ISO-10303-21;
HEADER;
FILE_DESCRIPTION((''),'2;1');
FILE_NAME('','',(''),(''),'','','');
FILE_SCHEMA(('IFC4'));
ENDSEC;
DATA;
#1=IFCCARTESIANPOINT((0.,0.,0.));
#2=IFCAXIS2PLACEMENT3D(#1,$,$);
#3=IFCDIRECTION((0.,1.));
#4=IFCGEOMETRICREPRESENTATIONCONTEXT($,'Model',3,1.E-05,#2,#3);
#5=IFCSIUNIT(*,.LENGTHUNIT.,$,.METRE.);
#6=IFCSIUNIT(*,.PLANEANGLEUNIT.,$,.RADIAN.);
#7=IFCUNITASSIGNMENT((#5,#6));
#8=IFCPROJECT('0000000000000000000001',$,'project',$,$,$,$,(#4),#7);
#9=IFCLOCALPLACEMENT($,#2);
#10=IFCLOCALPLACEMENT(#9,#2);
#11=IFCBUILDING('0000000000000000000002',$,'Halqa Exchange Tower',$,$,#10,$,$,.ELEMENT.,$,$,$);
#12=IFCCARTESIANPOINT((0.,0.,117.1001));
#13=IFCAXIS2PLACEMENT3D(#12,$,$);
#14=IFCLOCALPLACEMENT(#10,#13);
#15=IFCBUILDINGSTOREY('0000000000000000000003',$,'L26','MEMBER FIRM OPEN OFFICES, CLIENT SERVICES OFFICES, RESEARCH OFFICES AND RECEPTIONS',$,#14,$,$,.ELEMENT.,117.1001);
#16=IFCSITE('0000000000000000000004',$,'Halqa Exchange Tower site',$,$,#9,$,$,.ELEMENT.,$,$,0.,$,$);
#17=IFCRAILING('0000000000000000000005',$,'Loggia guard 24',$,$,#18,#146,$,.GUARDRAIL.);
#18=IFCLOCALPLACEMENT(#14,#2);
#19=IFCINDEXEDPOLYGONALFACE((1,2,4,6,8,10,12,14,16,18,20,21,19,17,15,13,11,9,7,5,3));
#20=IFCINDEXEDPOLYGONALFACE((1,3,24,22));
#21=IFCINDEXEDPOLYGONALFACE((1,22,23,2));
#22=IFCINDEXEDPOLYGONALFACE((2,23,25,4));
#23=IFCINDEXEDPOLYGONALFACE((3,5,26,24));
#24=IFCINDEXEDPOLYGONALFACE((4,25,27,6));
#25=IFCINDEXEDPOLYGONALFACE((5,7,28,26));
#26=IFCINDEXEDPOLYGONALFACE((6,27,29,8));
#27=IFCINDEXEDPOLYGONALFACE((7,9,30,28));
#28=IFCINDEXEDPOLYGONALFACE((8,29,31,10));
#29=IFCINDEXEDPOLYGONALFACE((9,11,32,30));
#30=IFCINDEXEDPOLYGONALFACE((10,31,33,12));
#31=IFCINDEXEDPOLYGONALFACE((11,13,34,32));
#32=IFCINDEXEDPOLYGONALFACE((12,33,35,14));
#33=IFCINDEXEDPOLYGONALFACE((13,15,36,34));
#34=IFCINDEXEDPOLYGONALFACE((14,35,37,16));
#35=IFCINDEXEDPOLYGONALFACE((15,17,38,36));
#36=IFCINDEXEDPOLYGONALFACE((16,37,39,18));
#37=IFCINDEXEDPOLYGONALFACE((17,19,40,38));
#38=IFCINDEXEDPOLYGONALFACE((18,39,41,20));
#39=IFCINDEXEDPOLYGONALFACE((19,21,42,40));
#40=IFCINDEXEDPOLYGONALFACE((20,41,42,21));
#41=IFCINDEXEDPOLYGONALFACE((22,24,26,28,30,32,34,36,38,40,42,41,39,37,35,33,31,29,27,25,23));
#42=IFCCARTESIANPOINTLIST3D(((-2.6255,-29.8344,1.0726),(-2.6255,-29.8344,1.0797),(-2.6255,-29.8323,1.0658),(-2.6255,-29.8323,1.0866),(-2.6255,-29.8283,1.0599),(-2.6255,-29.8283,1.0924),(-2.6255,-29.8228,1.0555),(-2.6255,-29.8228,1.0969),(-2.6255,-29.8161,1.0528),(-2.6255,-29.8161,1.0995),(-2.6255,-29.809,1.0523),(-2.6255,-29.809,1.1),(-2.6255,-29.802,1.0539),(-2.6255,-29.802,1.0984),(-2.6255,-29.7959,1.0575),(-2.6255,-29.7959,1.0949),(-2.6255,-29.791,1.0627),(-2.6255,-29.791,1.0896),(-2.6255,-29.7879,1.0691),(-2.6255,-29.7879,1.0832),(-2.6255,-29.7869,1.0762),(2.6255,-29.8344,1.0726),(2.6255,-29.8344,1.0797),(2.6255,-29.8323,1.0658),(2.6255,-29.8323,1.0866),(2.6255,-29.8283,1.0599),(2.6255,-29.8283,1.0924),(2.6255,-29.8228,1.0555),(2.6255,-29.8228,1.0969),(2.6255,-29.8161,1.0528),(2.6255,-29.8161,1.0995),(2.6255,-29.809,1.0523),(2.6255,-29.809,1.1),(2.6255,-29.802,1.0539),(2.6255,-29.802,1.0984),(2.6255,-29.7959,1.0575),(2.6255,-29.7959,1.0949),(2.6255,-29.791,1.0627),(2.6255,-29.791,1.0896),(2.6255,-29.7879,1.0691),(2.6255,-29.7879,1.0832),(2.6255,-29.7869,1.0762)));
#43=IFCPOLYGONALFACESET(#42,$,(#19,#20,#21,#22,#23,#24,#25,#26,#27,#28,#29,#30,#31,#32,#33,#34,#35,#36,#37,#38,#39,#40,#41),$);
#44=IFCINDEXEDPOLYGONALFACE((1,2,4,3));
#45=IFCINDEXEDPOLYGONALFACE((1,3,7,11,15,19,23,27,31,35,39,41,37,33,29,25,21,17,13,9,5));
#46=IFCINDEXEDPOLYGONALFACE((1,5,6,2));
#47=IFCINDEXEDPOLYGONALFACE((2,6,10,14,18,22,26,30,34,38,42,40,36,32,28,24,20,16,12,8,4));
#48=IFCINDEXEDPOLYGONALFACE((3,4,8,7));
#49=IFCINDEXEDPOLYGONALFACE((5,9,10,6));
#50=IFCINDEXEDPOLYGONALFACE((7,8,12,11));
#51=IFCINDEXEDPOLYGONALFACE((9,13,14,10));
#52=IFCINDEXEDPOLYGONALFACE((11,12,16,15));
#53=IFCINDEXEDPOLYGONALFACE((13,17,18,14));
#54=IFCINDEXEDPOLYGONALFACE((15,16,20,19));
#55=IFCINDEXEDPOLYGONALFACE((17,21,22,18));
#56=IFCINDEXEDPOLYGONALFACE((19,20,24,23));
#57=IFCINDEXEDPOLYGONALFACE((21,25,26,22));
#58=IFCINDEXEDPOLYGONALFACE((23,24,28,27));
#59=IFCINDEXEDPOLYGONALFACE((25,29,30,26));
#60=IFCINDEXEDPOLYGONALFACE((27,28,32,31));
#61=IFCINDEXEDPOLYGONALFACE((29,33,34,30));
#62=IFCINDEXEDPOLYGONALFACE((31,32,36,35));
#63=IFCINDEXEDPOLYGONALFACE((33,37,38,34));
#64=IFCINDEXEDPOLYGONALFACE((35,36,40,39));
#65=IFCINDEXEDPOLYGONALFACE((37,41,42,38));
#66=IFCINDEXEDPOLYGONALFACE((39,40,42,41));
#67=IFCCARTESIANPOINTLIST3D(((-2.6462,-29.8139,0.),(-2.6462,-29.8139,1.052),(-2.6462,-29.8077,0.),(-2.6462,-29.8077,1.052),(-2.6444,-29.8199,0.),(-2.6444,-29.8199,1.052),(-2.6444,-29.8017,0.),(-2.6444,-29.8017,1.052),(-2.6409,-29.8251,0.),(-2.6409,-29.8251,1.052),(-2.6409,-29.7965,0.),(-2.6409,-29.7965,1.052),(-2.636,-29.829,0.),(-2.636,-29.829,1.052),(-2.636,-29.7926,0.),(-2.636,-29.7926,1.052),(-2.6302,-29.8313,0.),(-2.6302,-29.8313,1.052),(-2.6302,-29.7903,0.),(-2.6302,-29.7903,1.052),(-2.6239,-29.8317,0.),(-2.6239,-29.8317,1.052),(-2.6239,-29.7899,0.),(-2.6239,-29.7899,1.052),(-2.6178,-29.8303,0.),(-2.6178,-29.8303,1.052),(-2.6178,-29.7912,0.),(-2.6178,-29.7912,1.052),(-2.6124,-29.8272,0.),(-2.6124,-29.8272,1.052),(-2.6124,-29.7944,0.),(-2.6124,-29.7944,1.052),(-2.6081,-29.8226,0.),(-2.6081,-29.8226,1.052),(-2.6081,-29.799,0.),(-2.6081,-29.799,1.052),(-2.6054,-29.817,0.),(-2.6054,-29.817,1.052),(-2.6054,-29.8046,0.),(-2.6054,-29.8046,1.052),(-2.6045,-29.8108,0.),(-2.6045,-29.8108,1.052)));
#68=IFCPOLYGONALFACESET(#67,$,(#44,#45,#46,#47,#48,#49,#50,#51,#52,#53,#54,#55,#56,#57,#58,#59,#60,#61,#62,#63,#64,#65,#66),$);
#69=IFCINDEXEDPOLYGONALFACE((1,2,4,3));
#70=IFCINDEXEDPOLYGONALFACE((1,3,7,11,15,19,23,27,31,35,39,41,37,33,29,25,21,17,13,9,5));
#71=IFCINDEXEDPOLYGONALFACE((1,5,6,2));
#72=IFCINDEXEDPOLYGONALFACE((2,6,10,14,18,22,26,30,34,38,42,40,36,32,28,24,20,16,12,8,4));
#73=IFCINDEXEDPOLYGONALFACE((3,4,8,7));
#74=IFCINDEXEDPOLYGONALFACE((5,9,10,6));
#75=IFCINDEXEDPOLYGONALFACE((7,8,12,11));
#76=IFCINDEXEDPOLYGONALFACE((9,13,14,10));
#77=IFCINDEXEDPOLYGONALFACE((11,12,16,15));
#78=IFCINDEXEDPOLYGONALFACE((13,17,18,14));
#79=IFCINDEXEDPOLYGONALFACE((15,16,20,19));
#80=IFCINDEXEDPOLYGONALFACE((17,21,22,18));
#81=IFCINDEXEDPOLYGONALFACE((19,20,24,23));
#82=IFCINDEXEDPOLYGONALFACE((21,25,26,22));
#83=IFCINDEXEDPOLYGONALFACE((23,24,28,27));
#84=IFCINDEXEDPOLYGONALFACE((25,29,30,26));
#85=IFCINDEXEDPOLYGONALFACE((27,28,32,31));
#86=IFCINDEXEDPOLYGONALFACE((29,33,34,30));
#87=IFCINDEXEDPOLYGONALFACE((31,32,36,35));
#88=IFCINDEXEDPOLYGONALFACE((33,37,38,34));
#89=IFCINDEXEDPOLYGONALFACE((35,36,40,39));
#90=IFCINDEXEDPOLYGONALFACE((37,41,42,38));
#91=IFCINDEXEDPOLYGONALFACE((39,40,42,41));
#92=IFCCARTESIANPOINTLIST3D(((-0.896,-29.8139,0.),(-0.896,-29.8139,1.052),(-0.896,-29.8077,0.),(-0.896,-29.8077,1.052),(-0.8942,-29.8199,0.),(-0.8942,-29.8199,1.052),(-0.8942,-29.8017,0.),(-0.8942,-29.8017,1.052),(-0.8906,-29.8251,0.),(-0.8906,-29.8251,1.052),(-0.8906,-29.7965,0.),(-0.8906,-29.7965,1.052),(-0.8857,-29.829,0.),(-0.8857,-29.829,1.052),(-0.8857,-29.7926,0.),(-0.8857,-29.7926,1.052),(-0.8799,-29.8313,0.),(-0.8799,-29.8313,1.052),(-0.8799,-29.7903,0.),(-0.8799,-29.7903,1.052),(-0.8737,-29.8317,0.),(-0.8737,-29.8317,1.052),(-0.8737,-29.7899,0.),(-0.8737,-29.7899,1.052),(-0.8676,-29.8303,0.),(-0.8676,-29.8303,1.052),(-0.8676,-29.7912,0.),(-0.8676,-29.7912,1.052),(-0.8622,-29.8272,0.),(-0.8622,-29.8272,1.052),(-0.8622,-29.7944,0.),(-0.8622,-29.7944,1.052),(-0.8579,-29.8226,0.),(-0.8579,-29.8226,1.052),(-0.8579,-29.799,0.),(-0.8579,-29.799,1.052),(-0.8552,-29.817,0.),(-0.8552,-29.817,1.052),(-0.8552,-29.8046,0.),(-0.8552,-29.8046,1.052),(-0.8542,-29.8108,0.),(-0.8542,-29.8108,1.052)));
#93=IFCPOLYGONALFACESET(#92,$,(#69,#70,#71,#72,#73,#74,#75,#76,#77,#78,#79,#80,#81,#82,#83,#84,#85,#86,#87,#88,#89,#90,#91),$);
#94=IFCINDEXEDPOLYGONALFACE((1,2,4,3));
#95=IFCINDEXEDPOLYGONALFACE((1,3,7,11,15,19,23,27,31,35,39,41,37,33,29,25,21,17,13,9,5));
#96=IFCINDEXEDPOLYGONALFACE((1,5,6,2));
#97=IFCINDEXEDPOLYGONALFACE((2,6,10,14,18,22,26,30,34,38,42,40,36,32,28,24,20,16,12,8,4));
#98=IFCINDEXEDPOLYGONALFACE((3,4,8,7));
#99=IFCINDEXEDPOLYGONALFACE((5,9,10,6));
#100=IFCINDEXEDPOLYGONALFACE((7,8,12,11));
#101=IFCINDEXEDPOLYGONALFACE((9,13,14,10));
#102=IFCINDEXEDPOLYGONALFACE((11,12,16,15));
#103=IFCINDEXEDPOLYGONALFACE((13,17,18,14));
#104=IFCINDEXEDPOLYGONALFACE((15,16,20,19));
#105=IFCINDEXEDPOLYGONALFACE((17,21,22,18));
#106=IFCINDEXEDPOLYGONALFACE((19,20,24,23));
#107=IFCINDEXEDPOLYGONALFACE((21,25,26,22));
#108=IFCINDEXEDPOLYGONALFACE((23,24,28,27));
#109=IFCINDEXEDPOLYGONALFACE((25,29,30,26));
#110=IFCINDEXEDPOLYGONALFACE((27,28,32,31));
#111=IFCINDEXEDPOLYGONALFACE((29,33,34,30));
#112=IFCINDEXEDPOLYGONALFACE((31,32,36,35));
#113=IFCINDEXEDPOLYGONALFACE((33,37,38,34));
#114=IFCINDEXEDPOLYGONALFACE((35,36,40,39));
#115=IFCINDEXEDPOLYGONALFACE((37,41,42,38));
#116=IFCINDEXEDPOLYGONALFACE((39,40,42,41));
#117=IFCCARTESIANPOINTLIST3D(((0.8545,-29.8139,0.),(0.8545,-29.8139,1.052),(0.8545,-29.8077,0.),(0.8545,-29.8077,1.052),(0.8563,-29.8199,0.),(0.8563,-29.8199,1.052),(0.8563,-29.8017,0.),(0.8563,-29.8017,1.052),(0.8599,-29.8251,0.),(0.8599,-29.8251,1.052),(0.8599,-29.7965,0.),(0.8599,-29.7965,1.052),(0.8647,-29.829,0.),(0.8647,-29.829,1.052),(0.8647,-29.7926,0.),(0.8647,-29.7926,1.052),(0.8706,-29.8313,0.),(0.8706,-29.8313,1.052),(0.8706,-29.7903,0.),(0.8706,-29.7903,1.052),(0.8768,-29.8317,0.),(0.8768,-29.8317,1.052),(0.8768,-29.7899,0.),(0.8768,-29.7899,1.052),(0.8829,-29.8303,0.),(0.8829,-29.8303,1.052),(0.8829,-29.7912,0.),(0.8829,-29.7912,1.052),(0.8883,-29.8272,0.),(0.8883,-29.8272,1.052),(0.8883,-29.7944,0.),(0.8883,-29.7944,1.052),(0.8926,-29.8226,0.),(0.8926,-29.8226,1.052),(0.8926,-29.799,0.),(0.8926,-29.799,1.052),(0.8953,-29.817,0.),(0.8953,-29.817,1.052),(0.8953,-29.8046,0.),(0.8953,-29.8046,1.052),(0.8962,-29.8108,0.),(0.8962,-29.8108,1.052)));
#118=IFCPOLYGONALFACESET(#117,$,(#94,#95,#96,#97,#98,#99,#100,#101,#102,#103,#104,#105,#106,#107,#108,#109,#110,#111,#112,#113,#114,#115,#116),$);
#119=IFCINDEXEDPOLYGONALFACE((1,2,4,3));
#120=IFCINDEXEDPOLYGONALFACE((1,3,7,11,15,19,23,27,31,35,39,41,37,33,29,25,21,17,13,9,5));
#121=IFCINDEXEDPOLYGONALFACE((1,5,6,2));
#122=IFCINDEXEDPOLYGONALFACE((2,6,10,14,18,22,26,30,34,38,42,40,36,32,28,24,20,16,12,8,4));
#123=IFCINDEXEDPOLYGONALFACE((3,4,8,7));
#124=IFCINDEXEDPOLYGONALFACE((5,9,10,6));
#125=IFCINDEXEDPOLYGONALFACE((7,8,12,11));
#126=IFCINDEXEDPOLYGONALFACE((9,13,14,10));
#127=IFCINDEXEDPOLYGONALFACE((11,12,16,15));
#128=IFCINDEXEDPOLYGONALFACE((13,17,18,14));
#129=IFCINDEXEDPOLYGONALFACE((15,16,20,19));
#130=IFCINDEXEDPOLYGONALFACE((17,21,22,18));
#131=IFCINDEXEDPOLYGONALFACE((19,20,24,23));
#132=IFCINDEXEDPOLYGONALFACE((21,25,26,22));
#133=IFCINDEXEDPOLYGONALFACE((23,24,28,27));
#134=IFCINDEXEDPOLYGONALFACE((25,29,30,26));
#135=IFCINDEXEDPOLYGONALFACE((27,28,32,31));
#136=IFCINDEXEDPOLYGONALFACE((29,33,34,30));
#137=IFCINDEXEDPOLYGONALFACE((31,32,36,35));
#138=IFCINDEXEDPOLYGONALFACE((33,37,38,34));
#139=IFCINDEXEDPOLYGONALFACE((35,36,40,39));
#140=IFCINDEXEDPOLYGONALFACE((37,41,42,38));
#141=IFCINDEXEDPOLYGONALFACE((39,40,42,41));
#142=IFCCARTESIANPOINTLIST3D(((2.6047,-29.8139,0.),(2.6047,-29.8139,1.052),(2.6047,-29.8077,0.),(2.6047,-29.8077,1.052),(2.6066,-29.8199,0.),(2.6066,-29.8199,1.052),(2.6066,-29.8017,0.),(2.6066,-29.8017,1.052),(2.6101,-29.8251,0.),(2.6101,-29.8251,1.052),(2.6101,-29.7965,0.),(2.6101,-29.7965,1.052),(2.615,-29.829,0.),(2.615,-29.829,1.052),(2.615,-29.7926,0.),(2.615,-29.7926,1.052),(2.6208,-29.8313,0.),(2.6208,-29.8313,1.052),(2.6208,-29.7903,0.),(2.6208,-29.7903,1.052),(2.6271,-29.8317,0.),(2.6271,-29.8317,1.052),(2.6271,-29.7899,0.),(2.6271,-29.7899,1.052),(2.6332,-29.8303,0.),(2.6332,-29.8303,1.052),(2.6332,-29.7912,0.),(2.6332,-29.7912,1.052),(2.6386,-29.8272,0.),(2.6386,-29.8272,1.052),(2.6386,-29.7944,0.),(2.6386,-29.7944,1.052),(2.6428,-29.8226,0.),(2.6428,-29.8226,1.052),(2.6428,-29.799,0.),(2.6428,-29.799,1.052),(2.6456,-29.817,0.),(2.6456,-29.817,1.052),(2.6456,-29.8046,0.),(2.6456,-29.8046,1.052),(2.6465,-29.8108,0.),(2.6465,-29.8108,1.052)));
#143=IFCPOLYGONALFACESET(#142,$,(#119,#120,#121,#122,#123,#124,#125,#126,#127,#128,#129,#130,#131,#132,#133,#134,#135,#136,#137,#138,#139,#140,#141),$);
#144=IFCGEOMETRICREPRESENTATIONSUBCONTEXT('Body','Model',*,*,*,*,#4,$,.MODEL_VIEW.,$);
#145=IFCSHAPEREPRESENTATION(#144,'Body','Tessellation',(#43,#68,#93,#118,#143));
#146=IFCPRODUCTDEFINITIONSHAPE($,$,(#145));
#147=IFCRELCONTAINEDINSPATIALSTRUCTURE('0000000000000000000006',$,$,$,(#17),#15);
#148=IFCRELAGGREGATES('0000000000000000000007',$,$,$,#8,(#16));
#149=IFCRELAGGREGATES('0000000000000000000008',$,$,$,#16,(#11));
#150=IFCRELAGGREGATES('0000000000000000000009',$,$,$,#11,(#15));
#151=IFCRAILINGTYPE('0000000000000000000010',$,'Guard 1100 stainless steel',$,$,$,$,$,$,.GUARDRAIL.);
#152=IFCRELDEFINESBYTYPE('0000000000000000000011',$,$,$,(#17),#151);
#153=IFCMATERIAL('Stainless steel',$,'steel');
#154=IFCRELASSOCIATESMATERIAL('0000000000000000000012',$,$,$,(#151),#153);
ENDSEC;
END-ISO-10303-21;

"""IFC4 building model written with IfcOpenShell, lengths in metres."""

from ifc_helpers import new_model, si_unit, direction, frame, origin, origin_2d, place, context, subcontext, project, spatial, circle, extrude, material, type_object, element, save


model = new_model("IFC4")

# Units and contexts
model_context = context("Model", 3, precision=1e-05, world=origin(), true_north=direction((0.0, 1.0)))
body_context = subcontext(model_context, "Body", "Model", "MODEL_VIEW")
ifc_project = project(units=[si_unit("LENGTHUNIT", "METRE"), si_unit("PLANEANGLEUNIT", "RADIAN")], contexts=[model_context])

# Site, building, storey
site_placement = place(None, origin())
site = spatial("IfcSite", under=ifc_project, at=site_placement, Name="Halqa Exchange Tower site", CompositionType="ELEMENT", RefElevation=0.0)
building_placement = place(site_placement, origin())
building = spatial("IfcBuilding", under=site, at=building_placement, Name="Halqa Exchange Tower", CompositionType="ELEMENT")
storey_placement = place(building_placement, frame((0.0, 0.0, 117.1001)))
storey = spatial("IfcBuildingStorey", under=building, at=storey_placement, Name="L26", Description="MEMBER FIRM OPEN OFFICES, CLIENT SERVICES OFFICES, RESEARCH OFFICES AND RECEPTIONS", CompositionType="ELEMENT", Elevation=117.1001)

# Railing
ifc_material_1 = material(Name="Stainless steel", Category="steel")
railing_type = type_object("IfcRailingType", Name="Guard 1100 stainless steel", PredefinedType="GUARDRAIL", material=ifc_material_1)
railing_1_placement = place(storey_placement, frame((-2.6255, -29.8108, 0.0)))
element("IfcRailing", 1, at=railing_1_placement, inside=storey, type_object=railing_type, Name="Loggia guard 24", PredefinedType="GUARDRAIL", context=body_context, shape_type="SweptSolid", body=[
    extrude(circle(Radius=0.0239, at=origin_2d()), frame((0.0, 0.0, 1.0762), z_axis=(1.0, 0.0, 0.0), x_axis=(0.0, 1.0, 0.0)), (0.0, 0.0, 1.0), 5.251),
    extrude(circle(Radius=0.021, at=origin_2d()), origin(), (0.0, 0.0, 1.0), 1.052),
    extrude(circle(Radius=0.021, at=origin_2d()), frame((1.7502, 0.0, 0.0)), (0.0, 0.0, 1.0), 1.052),
    extrude(circle(Radius=0.021, at=origin_2d()), frame((3.5007, 0.0, 0.0)), (0.0, 0.0, 1.0), 1.052),
    extrude(circle(Radius=0.021, at=origin_2d()), frame((5.251, 0.0, 0.0)), (0.0, 0.0, 1.0), 1.052),
])

save(model, "model.ifc")
